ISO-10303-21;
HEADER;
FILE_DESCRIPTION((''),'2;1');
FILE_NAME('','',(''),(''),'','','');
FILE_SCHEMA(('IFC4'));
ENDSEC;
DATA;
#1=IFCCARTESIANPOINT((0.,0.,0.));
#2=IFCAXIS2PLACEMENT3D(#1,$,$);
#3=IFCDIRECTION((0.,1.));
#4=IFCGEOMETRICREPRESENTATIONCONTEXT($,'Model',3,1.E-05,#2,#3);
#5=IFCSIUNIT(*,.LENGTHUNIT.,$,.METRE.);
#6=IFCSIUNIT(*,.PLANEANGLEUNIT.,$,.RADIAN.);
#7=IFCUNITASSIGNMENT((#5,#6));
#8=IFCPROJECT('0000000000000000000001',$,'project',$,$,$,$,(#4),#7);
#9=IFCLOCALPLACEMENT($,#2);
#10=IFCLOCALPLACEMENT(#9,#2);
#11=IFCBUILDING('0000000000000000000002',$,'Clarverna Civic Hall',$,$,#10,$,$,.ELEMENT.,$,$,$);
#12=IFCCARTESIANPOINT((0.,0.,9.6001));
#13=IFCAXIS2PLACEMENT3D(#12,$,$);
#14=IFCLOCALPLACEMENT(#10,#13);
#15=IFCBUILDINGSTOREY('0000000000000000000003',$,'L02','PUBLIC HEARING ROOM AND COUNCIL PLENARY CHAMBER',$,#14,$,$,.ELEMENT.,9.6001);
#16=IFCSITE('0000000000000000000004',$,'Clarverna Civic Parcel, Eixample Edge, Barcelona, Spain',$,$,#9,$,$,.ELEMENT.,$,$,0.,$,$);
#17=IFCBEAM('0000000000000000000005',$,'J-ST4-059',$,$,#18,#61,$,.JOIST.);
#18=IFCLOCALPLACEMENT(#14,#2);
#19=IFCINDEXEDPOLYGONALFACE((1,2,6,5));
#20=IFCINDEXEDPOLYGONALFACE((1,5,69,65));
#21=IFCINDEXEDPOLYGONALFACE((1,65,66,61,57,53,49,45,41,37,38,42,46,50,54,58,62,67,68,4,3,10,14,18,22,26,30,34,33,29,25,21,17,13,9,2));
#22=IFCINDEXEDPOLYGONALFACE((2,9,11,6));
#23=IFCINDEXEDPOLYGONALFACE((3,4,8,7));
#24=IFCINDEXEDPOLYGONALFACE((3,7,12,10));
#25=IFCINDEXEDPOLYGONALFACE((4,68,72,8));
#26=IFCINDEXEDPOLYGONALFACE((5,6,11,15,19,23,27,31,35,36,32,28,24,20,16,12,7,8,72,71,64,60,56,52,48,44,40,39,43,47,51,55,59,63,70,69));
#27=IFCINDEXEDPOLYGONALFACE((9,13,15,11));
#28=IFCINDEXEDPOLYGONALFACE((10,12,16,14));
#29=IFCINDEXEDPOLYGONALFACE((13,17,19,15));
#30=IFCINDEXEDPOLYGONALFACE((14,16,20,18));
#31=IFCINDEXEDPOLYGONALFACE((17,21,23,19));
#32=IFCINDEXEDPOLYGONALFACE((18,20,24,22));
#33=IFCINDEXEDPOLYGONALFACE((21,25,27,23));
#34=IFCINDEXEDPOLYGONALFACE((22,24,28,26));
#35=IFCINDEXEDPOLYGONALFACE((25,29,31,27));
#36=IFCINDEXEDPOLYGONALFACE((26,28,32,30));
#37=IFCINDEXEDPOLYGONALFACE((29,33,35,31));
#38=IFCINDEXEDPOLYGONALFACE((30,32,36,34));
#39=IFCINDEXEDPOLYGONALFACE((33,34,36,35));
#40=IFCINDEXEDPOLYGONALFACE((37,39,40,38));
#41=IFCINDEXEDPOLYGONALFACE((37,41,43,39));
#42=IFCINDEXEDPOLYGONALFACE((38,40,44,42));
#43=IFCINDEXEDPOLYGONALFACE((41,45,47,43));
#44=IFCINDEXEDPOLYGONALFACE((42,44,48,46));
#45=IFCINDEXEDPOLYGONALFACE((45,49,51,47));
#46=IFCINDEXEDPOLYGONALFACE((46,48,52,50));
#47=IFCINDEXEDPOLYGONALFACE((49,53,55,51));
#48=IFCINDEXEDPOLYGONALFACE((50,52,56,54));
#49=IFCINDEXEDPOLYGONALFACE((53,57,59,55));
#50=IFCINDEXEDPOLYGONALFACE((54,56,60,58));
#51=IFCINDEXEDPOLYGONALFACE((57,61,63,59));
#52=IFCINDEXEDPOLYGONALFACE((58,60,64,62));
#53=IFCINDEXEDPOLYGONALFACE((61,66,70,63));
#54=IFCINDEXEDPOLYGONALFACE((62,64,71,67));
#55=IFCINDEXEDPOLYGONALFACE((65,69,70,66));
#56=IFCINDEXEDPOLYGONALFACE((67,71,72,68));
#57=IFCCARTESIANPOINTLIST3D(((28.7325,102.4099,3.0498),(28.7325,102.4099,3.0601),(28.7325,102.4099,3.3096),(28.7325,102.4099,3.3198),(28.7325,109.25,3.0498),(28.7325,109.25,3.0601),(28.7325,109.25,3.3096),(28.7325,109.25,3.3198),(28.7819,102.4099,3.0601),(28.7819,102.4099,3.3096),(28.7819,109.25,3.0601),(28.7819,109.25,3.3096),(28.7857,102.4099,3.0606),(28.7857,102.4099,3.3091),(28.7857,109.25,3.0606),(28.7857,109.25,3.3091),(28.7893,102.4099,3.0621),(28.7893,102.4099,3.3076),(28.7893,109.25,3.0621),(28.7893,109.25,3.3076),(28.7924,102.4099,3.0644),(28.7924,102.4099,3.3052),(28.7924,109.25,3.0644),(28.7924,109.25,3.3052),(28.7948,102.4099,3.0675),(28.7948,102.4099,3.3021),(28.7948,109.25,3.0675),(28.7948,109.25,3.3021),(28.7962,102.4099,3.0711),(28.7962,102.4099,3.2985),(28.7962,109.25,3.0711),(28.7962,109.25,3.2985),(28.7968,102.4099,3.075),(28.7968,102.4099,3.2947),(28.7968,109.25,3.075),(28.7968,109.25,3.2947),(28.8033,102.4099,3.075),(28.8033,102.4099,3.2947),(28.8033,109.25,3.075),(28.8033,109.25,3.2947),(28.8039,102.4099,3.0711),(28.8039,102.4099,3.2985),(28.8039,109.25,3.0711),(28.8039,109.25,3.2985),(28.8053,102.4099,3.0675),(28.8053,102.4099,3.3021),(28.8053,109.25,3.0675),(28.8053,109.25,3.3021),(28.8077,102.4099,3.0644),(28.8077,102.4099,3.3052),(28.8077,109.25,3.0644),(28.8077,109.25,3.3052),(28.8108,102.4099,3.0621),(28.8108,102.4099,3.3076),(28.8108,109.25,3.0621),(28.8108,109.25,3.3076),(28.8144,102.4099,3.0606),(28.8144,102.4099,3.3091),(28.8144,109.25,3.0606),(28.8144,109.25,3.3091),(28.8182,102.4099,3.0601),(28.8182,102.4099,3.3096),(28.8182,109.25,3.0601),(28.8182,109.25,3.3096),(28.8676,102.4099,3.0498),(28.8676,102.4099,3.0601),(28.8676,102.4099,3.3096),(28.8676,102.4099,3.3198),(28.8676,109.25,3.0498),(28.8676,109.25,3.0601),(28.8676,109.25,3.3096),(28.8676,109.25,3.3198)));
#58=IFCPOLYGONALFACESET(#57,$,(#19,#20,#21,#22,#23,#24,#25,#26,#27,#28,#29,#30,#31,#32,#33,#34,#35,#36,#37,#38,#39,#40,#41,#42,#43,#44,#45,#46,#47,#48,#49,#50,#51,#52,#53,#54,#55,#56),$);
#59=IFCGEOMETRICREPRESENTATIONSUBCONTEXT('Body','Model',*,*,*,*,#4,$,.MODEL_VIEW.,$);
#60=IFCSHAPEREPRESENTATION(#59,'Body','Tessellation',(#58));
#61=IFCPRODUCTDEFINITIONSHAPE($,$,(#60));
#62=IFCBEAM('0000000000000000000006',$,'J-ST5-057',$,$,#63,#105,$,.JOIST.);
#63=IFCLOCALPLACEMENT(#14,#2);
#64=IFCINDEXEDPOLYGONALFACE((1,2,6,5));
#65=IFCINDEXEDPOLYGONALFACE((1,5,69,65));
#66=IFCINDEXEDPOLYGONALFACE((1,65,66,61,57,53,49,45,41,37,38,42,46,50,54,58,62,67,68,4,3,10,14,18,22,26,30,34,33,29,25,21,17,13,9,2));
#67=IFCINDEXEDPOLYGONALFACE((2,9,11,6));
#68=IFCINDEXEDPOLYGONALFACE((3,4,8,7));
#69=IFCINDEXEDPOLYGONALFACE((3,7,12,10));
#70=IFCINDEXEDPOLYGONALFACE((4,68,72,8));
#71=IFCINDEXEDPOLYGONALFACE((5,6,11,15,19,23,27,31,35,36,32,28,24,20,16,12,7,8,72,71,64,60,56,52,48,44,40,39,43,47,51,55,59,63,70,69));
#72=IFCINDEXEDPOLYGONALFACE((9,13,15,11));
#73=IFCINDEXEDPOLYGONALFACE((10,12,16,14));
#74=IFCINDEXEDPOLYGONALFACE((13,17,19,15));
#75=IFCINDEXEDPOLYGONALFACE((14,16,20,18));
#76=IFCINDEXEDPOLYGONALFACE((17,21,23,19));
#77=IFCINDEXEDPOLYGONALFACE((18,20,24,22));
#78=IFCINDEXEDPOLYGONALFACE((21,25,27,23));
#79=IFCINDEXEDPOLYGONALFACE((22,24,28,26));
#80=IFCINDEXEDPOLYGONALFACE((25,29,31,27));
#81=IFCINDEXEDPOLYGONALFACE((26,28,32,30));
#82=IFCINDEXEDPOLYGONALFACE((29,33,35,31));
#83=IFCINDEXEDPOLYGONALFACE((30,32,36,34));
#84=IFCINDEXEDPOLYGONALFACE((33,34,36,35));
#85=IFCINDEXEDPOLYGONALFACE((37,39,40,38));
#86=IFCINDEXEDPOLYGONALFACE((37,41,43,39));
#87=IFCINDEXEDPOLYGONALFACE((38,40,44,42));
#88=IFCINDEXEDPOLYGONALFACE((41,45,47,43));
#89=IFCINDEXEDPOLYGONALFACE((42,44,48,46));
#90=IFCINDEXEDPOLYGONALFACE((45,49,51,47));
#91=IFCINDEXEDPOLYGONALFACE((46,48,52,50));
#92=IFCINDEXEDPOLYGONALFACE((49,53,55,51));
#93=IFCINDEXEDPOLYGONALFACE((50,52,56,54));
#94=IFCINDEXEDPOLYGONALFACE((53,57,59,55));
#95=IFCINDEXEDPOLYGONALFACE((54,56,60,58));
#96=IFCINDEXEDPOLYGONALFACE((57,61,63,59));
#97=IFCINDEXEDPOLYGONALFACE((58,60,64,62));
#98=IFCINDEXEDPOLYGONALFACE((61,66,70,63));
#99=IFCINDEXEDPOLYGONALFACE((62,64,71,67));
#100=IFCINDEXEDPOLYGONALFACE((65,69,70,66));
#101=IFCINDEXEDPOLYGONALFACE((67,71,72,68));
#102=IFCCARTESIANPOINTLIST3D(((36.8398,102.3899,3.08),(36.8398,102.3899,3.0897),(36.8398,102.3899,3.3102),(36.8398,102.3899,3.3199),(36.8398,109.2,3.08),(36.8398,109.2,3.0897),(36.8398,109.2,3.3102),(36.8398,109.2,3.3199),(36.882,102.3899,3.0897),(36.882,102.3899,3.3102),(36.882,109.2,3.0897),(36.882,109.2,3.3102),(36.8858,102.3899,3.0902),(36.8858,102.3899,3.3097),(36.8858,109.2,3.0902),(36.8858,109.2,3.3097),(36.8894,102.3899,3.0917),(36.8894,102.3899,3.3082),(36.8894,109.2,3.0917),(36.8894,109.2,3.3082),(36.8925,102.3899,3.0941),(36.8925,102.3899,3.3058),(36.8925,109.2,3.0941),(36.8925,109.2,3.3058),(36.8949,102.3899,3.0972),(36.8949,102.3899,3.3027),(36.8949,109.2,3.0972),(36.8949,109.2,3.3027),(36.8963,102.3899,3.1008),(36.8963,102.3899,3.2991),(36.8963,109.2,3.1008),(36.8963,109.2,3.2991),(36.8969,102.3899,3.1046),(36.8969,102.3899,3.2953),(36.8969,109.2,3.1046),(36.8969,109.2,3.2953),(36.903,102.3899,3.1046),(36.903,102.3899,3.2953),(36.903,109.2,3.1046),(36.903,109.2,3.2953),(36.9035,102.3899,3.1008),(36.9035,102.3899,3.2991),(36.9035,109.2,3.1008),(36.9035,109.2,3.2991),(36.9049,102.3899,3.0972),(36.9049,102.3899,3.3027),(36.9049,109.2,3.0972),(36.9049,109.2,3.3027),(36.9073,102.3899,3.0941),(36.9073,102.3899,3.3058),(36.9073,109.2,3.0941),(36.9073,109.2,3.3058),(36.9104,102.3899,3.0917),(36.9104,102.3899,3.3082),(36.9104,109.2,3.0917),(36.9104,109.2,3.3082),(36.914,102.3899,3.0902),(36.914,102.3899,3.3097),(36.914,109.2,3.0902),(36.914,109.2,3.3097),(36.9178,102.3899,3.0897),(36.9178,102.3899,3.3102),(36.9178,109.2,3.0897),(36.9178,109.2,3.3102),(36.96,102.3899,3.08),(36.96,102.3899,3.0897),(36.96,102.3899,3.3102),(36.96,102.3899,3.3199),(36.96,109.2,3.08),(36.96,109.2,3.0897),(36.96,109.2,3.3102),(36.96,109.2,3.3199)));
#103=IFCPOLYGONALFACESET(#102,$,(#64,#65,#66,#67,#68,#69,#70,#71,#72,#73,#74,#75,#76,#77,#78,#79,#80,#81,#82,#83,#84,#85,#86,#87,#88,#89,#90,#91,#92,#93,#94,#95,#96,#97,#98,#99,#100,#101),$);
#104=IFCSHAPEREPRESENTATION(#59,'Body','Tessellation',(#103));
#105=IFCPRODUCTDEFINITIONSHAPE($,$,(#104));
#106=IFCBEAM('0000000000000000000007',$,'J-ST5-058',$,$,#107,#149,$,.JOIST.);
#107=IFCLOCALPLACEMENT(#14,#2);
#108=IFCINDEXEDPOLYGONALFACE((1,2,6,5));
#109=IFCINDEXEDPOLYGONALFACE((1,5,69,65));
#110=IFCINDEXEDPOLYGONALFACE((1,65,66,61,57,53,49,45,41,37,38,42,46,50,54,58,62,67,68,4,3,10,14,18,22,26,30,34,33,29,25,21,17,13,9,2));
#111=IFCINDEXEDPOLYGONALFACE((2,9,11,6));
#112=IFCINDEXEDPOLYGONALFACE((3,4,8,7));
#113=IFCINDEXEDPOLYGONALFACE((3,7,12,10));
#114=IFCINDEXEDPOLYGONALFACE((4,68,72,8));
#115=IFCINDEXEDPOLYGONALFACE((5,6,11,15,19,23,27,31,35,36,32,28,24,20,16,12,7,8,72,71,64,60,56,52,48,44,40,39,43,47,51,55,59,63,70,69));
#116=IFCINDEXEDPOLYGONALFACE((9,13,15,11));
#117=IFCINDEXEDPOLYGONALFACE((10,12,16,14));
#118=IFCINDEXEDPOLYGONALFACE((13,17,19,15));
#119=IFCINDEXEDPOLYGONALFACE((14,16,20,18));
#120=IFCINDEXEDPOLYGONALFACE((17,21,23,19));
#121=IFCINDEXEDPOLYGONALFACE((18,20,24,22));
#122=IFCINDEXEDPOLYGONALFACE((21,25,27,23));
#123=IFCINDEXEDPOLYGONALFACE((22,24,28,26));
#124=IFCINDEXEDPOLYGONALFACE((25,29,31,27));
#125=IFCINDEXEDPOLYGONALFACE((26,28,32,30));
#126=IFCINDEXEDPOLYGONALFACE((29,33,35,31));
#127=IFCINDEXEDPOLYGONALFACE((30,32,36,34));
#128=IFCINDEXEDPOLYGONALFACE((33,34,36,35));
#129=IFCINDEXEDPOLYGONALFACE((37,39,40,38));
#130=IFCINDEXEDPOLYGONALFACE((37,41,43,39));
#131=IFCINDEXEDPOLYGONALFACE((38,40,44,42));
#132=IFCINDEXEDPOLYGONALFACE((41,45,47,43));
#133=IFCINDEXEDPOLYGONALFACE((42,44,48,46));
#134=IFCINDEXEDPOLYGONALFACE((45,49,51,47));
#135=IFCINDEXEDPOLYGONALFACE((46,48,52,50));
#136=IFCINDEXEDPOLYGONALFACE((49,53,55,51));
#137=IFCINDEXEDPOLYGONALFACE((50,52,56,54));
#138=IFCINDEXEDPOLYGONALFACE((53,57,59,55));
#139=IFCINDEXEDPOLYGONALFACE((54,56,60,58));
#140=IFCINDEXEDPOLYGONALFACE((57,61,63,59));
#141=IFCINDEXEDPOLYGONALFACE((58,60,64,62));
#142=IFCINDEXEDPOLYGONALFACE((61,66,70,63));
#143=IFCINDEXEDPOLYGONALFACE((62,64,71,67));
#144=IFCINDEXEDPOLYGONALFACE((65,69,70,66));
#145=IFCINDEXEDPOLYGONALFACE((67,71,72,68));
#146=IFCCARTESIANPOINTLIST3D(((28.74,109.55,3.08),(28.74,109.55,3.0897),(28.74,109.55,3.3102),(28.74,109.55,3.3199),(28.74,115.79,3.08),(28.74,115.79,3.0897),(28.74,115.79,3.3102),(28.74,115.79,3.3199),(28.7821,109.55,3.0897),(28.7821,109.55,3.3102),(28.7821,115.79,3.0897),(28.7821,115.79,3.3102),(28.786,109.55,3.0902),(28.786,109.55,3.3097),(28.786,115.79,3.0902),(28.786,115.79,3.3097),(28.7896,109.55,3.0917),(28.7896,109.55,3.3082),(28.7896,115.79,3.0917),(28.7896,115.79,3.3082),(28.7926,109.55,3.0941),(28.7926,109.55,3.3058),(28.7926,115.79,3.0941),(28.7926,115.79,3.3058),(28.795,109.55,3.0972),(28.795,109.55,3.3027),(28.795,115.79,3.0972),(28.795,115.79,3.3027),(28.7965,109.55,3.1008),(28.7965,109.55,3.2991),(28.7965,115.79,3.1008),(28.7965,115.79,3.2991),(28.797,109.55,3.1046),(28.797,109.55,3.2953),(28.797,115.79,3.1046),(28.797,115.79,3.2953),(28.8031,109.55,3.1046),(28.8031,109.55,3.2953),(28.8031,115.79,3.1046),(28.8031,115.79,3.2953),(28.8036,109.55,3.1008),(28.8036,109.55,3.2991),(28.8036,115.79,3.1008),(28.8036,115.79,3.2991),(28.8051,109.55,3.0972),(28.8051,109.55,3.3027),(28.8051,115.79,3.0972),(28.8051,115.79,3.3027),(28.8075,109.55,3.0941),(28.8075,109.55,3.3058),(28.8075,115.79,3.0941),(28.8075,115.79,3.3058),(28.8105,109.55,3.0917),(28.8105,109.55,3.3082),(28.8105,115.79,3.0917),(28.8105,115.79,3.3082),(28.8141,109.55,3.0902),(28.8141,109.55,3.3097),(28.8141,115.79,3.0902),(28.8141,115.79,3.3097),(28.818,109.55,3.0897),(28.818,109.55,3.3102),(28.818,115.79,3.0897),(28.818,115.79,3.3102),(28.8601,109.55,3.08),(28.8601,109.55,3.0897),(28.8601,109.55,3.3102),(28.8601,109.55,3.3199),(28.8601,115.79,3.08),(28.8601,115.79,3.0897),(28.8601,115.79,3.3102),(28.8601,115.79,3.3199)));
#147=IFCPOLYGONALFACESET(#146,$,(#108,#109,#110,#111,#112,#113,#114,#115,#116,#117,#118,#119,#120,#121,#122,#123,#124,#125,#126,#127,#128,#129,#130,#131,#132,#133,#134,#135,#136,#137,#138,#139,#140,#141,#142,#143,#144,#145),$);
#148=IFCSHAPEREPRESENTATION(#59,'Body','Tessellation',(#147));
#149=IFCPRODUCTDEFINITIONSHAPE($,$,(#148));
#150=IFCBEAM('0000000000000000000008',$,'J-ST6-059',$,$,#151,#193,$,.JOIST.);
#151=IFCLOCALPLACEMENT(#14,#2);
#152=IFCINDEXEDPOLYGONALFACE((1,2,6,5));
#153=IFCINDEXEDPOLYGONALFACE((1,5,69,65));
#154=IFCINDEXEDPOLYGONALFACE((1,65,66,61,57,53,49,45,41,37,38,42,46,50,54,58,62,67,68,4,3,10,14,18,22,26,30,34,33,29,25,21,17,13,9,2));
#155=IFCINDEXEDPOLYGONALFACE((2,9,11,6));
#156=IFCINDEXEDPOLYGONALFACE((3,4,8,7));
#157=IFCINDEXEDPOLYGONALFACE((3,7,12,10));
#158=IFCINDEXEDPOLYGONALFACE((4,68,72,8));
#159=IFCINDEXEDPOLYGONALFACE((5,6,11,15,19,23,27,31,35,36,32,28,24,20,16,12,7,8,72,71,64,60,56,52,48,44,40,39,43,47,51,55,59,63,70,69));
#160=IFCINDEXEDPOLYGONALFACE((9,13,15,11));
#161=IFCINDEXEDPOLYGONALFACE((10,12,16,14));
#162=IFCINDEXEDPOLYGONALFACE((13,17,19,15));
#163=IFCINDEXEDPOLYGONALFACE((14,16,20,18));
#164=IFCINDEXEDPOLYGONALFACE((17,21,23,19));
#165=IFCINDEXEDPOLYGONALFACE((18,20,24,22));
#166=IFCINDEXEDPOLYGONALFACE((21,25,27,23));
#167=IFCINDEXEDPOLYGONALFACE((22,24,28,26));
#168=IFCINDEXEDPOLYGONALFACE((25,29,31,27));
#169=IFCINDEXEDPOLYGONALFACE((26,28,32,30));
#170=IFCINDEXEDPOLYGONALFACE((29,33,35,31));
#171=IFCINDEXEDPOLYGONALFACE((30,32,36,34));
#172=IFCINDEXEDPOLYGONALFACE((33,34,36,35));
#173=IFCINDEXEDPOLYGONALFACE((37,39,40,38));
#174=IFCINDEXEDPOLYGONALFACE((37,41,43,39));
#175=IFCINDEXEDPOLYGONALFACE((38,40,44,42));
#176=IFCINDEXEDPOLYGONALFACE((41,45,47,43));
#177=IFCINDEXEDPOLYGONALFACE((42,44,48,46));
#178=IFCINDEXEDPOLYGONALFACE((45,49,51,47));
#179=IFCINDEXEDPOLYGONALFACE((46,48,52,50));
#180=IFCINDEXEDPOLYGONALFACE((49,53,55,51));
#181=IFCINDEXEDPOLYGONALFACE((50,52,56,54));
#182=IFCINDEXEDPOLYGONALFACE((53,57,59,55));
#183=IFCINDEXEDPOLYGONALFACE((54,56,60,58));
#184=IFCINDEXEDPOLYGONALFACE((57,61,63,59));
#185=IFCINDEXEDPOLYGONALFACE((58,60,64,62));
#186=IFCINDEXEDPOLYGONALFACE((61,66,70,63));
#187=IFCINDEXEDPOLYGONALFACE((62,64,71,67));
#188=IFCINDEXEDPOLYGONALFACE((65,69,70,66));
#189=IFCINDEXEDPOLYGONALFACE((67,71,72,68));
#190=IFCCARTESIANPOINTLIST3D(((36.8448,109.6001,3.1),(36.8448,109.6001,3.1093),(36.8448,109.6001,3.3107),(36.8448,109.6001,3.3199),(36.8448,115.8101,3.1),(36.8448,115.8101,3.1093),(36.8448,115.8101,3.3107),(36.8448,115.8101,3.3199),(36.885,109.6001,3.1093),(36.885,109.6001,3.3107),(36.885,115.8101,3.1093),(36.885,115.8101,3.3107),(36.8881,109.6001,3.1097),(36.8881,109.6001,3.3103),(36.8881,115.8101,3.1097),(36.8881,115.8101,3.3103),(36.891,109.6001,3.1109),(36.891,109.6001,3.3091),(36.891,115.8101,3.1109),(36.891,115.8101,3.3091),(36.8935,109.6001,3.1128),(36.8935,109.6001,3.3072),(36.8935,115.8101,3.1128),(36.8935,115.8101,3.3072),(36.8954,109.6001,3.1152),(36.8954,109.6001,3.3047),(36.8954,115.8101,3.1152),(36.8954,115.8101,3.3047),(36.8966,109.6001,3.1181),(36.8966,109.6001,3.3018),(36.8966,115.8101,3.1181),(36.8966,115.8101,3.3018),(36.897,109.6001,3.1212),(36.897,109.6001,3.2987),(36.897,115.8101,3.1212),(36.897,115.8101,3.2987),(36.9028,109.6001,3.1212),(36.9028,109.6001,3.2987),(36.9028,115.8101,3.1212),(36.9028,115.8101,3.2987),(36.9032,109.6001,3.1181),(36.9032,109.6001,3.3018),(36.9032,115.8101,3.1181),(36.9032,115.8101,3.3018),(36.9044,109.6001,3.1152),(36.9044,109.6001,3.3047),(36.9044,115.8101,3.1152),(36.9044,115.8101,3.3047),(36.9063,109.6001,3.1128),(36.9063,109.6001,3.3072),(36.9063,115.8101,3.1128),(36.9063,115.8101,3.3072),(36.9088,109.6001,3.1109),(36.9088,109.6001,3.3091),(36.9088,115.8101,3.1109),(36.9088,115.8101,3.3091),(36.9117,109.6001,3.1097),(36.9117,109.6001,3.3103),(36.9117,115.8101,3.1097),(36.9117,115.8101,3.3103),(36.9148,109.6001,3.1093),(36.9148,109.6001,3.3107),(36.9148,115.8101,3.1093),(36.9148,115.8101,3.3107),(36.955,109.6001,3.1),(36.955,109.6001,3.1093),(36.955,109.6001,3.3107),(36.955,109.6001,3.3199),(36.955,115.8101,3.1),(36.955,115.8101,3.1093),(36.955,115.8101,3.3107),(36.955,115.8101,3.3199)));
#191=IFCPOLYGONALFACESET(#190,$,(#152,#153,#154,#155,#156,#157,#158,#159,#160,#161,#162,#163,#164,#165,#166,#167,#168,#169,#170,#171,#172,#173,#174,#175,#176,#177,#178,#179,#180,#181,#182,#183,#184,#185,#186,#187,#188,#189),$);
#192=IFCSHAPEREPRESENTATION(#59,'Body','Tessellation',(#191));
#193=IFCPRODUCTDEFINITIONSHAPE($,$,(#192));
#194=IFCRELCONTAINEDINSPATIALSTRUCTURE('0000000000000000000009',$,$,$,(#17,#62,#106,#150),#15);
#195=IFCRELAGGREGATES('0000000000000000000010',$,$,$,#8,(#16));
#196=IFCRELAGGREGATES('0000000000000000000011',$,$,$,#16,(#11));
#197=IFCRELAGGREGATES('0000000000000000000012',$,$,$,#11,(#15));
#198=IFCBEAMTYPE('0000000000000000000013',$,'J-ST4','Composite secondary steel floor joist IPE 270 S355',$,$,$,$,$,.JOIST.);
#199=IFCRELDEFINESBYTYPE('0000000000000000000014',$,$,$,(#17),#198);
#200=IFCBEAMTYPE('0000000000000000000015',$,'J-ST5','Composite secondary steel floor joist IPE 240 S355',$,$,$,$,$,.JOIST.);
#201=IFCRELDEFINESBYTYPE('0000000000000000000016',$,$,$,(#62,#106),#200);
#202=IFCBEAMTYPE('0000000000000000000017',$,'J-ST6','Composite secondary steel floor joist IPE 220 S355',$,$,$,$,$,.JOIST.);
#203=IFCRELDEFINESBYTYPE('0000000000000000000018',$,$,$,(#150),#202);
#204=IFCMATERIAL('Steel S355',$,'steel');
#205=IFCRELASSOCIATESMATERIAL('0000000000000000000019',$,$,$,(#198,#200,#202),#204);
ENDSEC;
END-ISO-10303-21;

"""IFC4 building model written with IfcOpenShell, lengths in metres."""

from ifc_helpers import new_model, si_unit, direction, frame, origin, origin_2d, place, context, subcontext, project, spatial, i_section, extrude, material, material_profile, profile_set, type_object, element, save


model = new_model("IFC4")

# Units and contexts
model_context = context("Model", 3, precision=1e-05, world=origin(), true_north=direction((0.0, 1.0)))
body_context = subcontext(model_context, "Body", "Model", "MODEL_VIEW")
ifc_project = project(units=[si_unit("LENGTHUNIT", "METRE"), si_unit("PLANEANGLEUNIT", "RADIAN")], contexts=[model_context])

# Site, building, storey
site_placement = place(None, origin())
site = spatial("IfcSite", under=ifc_project, at=site_placement, Name="Clarverna Civic Parcel, Eixample Edge, Barcelona, Spain", CompositionType="ELEMENT", RefElevation=0.0)
building_placement = place(site_placement, origin())
building = spatial("IfcBuilding", under=site, at=building_placement, Name="Clarverna Civic Hall", CompositionType="ELEMENT")
storey_placement = place(building_placement, frame((0.0, 0.0, 9.6001)))
storey = spatial("IfcBuildingStorey", under=building, at=storey_placement, Name="L02", Description="PUBLIC HEARING ROOM AND COUNCIL PLENARY CHAMBER", CompositionType="ELEMENT", Elevation=9.6001)

# Shared definitions
ifc_material_1 = material(Name="Steel S355", Category="steel")

# Beams
ifc_material_profile_1 = material_profile(ifc_material_1, i_section(OverallWidth=0.135, OverallDepth=0.27, WebThickness=0.0066, FlangeThickness=0.0103, FilletRadius=0.0149, at=origin_2d()), Name="IPE 270")
ifc_profile_set_1 = profile_set([ifc_material_profile_1], Name="Steel S355")
beam_type_1 = type_object("IfcBeamType", Name="J-ST4", Description="Composite secondary steel floor joist IPE 270 S355", PredefinedType="JOIST", material=ifc_profile_set_1)
beam_1_placement = place(storey_placement, frame((28.8, 102.4099, 3.1848), z_axis=(0.0, 1.0, 0.0), x_axis=(-1.0, 0.0, 0.0)))
element("IfcBeam", 1, at=beam_1_placement, inside=storey, type_object=beam_type_1, Name="J-ST4-059", PredefinedType="JOIST", context=body_context, shape_type="SweptSolid", body=[
    extrude(i_section(OverallWidth=0.135, OverallDepth=0.27, WebThickness=0.0066, FlangeThickness=0.0103, FilletRadius=0.0149, at=origin_2d()), origin(), (0.0, 0.0, 1.0), 6.8401),
])
ifc_material_profile_2 = material_profile(ifc_material_1, i_section(OverallWidth=0.1201, OverallDepth=0.24, WebThickness=0.0061, FlangeThickness=0.0098, FilletRadius=0.0149, at=origin_2d()), Name="IPE 240")
ifc_profile_set_2 = profile_set([ifc_material_profile_2], Name="Steel S355")
beam_type_2 = type_object("IfcBeamType", Name="J-ST5", Description="Composite secondary steel floor joist IPE 240 S355", PredefinedType="JOIST", material=ifc_profile_set_2)
beam_2_placement = place(storey_placement, frame((36.8999, 102.3899, 3.2), z_axis=(0.0, 1.0, 0.0), x_axis=(-1.0, 0.0, 0.0)))
element("IfcBeam", 2, at=beam_2_placement, inside=storey, type_object=beam_type_2, Name="J-ST5-057", PredefinedType="JOIST", context=body_context, shape_type="SweptSolid", body=[
    extrude(i_section(OverallWidth=0.1201, OverallDepth=0.24, WebThickness=0.0061, FlangeThickness=0.0098, FilletRadius=0.0149, at=origin_2d()), origin(), (0.0, 0.0, 1.0), 6.8101),
])
beam_3_placement = place(storey_placement, frame((28.8, 109.55, 3.2), z_axis=(0.0, 1.0, 0.0), x_axis=(-1.0, 0.0, 0.0)))
element("IfcBeam", 3, at=beam_3_placement, inside=storey, type_object=beam_type_2, Name="J-ST5-058", PredefinedType="JOIST", context=body_context, shape_type="SweptSolid", body=[
    extrude(i_section(OverallWidth=0.1201, OverallDepth=0.24, WebThickness=0.0061, FlangeThickness=0.0098, FilletRadius=0.0149, at=origin_2d()), origin(), (0.0, 0.0, 1.0), 6.24),
])
ifc_material_profile_3 = material_profile(ifc_material_1, i_section(OverallWidth=0.1101, OverallDepth=0.22, WebThickness=0.0059, FlangeThickness=0.0093, FilletRadius=0.012, at=origin_2d()), Name="IPE 220")
ifc_profile_set_3 = profile_set([ifc_material_profile_3], Name="Steel S355")
beam_type_3 = type_object("IfcBeamType", Name="J-ST6", Description="Composite secondary steel floor joist IPE 220 S355", PredefinedType="JOIST", material=ifc_profile_set_3)
beam_4_placement = place(storey_placement, frame((36.8999, 109.6001, 3.21), z_axis=(0.0, 1.0, 0.0), x_axis=(-1.0, 0.0, 0.0)))
element("IfcBeam", 4, at=beam_4_placement, inside=storey, type_object=beam_type_3, Name="J-ST6-059", PredefinedType="JOIST", context=body_context, shape_type="SweptSolid", body=[
    extrude(i_section(OverallWidth=0.1101, OverallDepth=0.22, WebThickness=0.0059, FlangeThickness=0.0093, FilletRadius=0.012, at=origin_2d()), origin(), (0.0, 0.0, 1.0), 6.21),
])

save(model, "model.ifc")
